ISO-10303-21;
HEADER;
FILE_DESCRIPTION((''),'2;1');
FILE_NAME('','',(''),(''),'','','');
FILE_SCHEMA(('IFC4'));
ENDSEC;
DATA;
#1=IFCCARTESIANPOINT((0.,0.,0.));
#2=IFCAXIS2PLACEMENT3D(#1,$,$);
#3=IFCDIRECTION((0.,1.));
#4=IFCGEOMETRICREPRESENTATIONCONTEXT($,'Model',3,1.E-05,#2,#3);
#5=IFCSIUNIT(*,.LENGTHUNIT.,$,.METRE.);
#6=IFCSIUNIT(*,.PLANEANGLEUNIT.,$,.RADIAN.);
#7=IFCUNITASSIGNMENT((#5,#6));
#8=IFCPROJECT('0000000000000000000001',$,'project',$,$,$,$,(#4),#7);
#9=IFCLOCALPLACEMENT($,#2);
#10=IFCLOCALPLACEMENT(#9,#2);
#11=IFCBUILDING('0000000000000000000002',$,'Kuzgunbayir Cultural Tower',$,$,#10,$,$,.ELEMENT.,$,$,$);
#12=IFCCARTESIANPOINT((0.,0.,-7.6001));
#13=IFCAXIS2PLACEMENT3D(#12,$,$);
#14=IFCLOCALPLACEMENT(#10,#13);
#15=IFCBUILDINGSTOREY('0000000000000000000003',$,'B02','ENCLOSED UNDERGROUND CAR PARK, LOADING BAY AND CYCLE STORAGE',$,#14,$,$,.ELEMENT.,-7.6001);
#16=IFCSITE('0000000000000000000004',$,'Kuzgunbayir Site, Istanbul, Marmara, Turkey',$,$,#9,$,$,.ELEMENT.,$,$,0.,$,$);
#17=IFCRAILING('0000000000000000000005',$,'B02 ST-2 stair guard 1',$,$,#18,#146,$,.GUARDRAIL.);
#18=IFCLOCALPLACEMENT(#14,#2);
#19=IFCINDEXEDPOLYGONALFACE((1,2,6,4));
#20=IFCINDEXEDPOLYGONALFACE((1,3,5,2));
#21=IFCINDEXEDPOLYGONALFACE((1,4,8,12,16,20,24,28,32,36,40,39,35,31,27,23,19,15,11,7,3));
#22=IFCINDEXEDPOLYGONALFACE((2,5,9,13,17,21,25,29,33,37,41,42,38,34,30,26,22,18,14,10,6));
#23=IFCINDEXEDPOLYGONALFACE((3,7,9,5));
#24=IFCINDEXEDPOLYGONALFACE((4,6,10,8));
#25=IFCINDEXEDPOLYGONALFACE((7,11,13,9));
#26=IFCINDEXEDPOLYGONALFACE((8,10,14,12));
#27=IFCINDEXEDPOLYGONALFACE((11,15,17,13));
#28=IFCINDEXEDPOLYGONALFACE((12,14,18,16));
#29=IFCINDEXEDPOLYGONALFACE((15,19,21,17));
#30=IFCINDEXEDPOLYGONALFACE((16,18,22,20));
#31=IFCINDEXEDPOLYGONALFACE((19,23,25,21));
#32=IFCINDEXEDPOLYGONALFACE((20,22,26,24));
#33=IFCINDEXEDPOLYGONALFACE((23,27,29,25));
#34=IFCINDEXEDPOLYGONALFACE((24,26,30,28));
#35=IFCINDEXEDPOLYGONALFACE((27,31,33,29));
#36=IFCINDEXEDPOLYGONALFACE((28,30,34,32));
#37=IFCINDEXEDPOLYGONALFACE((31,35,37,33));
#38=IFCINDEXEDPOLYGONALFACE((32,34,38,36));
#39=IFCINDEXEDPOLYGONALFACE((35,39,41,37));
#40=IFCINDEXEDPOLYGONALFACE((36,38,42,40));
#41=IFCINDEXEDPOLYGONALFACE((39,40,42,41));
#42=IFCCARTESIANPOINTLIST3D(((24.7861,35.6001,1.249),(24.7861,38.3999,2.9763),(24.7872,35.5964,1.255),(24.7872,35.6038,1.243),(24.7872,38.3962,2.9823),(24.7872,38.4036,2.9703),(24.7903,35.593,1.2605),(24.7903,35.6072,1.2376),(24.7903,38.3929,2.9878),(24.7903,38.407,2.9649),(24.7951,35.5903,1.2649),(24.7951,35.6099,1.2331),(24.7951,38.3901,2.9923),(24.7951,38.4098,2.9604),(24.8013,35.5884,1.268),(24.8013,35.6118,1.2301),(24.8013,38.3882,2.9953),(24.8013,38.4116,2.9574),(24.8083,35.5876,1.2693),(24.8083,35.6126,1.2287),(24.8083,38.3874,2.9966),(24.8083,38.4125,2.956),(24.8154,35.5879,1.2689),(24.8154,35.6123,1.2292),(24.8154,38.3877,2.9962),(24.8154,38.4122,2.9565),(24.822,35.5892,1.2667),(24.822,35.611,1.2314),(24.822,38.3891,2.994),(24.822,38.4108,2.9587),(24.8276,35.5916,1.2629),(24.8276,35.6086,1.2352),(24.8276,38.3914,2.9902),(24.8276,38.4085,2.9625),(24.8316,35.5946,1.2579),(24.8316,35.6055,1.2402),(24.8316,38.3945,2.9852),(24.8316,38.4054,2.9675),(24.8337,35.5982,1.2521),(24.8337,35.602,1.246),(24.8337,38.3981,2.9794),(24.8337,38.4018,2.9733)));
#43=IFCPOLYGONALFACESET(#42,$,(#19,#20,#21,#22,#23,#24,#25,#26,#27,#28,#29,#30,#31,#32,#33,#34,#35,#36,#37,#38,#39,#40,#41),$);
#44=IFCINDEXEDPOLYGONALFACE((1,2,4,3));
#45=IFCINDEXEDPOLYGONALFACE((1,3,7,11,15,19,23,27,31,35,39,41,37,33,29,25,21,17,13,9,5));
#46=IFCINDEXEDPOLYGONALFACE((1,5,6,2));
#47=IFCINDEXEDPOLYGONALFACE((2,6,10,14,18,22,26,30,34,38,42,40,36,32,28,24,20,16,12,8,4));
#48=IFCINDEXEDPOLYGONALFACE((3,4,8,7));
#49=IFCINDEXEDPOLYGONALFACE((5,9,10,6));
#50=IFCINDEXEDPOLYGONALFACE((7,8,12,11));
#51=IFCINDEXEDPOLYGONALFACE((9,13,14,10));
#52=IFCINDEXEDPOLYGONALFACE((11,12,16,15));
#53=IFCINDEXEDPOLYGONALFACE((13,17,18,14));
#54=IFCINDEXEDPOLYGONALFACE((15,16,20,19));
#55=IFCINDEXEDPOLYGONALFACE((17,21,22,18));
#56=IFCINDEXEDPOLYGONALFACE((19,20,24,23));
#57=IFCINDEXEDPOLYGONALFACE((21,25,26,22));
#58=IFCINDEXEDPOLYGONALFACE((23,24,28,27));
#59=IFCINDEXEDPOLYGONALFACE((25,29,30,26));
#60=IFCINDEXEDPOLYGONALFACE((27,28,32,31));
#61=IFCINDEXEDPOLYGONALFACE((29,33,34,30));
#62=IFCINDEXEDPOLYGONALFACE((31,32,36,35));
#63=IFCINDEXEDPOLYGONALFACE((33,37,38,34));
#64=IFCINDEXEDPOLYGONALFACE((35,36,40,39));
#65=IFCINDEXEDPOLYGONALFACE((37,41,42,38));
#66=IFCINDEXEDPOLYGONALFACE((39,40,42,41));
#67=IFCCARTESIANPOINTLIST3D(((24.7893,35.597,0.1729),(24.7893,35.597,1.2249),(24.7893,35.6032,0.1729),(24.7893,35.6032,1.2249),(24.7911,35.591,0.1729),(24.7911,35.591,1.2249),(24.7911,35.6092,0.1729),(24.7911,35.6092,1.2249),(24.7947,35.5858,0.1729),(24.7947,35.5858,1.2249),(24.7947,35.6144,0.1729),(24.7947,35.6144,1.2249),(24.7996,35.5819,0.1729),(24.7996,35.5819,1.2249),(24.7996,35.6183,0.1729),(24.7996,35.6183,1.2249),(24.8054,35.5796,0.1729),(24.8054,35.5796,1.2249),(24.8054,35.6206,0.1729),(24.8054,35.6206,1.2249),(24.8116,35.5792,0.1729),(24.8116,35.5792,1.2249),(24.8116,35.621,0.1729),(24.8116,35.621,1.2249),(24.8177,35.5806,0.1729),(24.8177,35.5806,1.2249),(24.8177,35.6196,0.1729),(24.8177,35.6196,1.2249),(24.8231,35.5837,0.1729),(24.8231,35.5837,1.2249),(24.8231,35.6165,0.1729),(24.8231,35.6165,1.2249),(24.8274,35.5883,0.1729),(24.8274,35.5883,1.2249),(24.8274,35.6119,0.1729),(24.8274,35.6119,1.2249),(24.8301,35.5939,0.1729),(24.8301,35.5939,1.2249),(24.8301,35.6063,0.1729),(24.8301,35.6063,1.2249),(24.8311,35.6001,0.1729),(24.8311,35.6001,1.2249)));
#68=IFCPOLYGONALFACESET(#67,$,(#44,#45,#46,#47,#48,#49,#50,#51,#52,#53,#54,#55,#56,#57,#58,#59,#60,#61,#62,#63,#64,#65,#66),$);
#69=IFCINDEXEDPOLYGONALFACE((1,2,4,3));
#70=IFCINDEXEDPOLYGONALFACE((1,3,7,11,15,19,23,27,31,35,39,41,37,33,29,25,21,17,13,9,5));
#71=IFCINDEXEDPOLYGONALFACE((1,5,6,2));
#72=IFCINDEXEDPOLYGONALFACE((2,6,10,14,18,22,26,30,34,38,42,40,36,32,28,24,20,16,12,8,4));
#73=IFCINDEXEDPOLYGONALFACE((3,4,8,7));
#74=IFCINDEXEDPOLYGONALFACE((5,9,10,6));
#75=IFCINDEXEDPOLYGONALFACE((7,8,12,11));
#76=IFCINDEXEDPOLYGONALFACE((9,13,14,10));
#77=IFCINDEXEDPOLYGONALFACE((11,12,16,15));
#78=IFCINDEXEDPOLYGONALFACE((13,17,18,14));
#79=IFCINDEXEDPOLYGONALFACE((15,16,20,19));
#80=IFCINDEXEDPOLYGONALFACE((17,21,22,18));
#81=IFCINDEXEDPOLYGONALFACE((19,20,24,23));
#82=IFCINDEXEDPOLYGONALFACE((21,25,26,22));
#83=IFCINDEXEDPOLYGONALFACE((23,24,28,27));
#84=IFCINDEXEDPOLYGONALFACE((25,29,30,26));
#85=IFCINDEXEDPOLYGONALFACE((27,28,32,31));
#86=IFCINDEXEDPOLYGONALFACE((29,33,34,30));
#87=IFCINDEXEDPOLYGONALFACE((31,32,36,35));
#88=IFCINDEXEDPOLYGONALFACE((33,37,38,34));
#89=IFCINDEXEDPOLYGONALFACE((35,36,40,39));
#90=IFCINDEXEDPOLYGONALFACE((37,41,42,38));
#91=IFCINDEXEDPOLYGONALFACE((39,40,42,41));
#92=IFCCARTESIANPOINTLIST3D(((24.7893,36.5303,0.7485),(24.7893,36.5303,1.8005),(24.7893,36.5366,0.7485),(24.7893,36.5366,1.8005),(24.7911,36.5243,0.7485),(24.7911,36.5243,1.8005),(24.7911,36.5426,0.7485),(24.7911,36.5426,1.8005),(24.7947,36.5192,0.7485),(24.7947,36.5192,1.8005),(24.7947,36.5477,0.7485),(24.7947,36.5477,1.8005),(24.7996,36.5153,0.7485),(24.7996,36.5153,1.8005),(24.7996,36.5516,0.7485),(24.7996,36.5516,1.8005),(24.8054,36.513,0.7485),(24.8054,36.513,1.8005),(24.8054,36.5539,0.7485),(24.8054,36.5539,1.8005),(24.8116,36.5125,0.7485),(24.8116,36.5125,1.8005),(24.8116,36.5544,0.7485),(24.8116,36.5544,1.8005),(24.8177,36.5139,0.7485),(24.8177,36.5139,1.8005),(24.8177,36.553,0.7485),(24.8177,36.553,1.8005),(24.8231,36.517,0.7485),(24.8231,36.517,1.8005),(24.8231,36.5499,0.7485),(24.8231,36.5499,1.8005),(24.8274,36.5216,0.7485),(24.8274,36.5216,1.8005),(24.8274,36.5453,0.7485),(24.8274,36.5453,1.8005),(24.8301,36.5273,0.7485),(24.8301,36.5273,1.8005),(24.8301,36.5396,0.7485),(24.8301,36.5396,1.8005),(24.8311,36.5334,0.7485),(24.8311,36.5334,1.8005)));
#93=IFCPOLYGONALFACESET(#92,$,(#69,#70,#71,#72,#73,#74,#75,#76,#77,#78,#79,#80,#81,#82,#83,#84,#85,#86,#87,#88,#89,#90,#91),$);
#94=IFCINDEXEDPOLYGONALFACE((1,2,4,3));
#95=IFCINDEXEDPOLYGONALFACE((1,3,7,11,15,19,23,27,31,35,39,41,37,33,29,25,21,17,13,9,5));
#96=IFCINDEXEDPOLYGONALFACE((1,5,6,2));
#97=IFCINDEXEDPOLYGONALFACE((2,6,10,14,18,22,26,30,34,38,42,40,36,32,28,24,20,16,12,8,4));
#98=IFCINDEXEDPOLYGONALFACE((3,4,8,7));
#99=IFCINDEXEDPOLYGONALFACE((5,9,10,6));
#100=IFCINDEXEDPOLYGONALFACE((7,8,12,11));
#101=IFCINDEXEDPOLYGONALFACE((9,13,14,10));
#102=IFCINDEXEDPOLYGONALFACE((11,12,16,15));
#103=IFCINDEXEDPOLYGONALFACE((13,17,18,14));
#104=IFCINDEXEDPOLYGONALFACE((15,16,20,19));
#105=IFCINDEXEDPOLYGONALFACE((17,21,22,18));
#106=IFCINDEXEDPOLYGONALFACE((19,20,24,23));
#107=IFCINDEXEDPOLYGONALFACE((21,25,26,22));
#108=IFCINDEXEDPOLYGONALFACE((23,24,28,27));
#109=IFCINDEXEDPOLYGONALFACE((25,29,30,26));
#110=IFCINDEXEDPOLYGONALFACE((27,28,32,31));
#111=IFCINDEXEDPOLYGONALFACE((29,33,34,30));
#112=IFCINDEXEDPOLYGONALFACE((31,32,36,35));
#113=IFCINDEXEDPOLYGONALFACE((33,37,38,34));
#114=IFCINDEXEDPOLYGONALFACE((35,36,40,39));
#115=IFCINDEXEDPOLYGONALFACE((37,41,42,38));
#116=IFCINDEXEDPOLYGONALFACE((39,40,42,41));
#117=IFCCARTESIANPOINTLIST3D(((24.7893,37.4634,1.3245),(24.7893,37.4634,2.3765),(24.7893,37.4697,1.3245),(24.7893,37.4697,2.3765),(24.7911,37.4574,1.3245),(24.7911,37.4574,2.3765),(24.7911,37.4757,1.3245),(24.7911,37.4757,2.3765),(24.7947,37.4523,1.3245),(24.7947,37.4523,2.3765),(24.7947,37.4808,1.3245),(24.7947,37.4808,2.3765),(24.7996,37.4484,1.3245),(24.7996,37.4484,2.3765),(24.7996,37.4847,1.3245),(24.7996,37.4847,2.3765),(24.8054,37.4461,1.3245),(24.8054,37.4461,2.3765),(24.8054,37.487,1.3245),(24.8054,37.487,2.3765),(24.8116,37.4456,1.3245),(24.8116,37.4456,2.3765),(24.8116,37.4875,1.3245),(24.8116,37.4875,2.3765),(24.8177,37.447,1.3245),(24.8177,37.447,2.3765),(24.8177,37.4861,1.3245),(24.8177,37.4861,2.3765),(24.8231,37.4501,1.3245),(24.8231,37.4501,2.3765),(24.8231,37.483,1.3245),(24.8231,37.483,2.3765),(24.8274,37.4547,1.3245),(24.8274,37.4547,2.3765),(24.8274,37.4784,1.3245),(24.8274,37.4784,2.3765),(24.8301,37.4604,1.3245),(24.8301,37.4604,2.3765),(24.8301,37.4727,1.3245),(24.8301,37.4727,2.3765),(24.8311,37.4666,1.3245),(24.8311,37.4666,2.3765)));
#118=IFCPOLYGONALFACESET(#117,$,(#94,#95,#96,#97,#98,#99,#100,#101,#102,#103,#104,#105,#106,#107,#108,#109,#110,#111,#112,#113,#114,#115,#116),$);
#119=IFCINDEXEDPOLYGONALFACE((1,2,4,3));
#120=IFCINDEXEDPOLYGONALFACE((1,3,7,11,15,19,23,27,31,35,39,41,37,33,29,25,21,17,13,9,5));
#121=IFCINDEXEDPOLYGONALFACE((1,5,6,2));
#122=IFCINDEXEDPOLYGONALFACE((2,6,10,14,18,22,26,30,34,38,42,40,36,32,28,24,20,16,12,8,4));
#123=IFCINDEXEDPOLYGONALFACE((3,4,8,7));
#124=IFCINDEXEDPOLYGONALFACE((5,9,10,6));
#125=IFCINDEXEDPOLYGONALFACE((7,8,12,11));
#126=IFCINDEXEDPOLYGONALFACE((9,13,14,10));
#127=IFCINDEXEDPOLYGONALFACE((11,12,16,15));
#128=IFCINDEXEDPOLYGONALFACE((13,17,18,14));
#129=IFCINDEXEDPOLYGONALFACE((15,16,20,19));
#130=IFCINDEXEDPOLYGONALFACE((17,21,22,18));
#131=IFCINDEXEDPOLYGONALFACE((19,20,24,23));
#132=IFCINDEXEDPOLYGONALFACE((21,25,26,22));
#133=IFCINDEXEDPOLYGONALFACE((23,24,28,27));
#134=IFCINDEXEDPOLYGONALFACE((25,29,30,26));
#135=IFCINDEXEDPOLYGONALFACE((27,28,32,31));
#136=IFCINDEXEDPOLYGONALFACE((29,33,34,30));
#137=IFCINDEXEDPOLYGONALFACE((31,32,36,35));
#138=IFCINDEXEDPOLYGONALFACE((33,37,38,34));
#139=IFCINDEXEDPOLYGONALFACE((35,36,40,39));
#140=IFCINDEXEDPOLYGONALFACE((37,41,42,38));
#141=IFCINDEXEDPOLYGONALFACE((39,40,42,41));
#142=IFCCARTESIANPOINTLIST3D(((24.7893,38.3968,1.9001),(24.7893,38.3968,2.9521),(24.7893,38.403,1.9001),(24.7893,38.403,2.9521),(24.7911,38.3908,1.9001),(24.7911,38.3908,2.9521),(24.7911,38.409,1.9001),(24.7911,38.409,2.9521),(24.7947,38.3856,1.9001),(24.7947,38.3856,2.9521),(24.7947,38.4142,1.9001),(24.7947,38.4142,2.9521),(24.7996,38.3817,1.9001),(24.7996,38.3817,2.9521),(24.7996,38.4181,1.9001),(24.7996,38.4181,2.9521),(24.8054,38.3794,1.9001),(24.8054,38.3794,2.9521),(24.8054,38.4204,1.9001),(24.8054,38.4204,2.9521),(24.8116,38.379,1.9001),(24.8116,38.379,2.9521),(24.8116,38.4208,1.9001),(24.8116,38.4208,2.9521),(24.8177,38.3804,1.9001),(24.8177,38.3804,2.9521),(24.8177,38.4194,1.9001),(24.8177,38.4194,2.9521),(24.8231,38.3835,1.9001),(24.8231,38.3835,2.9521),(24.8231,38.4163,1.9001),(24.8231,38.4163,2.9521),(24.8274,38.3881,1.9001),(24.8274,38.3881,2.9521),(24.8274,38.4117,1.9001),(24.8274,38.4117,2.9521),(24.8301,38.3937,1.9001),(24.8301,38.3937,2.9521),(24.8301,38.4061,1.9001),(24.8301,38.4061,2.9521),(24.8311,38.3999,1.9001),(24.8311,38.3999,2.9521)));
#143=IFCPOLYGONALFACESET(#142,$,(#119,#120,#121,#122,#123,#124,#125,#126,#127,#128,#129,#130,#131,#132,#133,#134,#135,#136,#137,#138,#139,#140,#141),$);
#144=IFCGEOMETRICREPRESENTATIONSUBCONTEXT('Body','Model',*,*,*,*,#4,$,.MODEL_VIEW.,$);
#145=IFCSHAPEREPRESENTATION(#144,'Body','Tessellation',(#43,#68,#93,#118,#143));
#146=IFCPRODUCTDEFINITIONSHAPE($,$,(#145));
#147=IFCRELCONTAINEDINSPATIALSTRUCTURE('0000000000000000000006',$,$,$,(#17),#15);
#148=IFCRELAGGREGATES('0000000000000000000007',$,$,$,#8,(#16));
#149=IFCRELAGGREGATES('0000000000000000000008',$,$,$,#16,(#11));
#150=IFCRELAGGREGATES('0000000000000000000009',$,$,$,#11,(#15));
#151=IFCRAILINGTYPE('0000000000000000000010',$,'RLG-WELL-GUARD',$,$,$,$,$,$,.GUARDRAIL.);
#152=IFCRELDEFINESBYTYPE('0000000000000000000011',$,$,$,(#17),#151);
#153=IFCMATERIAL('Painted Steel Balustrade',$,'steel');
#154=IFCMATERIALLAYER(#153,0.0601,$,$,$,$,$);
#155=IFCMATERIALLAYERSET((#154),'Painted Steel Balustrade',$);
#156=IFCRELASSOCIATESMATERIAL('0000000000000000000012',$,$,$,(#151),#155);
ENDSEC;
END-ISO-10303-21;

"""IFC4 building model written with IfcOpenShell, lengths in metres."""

from ifc_helpers import new_model, si_unit, direction, frame, origin, origin_2d, place, context, subcontext, project, spatial, circle, extrude, material, layer, layer_set, type_object, element, save


model = new_model("IFC4")

# Units and contexts
model_context = context("Model", 3, precision=1e-05, world=origin(), true_north=direction((0.0, 1.0)))
body_context = subcontext(model_context, "Body", "Model", "MODEL_VIEW")
ifc_project = project(units=[si_unit("LENGTHUNIT", "METRE"), si_unit("PLANEANGLEUNIT", "RADIAN")], contexts=[model_context])

# Site, building, storey
site_placement = place(None, origin())
site = spatial("IfcSite", under=ifc_project, at=site_placement, Name="Kuzgunbayir Site, Istanbul, Marmara, Turkey", CompositionType="ELEMENT", RefElevation=0.0)
building_placement = place(site_placement, origin())
building = spatial("IfcBuilding", under=site, at=building_placement, Name="Kuzgunbayir Cultural Tower", CompositionType="ELEMENT")
storey_placement = place(building_placement, frame((0.0, 0.0, -7.6001)))
storey = spatial("IfcBuildingStorey", under=building, at=storey_placement, Name="B02", Description="ENCLOSED UNDERGROUND CAR PARK, LOADING BAY AND CYCLE STORAGE", CompositionType="ELEMENT", Elevation=-7.6001)

# Railing
ifc_material_1 = material(Name="Painted Steel Balustrade", Category="steel")
ifc_layer_1 = layer(ifc_material_1, 0.0601)
ifc_layer_set_1 = layer_set([ifc_layer_1], Name="Painted Steel Balustrade")
railing_type_1 = type_object("IfcRailingType", Name="RLG-WELL-GUARD", PredefinedType="GUARDRAIL", material=ifc_layer_set_1)
railing_1_placement = place(storey_placement, frame((24.8101, 35.6001, 0.1729)))
element("IfcRailing", 1, at=railing_1_placement, inside=storey, type_object=railing_type_1, Name="B02 ST-2 stair guard 1", PredefinedType="GUARDRAIL", context=body_context, shape_type="SweptSolid", body=[
    extrude(circle(Radius=0.0239, at=origin_2d()), frame((0.0, 0.0, 1.0762), z_axis=(0.0, 0.851069, 0.525054), x_axis=(-1.0, 0.0, 0.0)), (0.0, 0.0, 1.0), 3.2898),
    extrude(circle(Radius=0.021, at=origin_2d()), origin(), (0.0, 0.0, 1.0), 1.052),
    extrude(circle(Radius=0.021, at=origin_2d()), frame((0.0, 0.9333, 0.5757)), (0.0, 0.0, 1.0), 1.052),
    extrude(circle(Radius=0.021, at=origin_2d()), frame((0.0, 1.8665, 1.1516)), (0.0, 0.0, 1.0), 1.052),
    extrude(circle(Radius=0.021, at=origin_2d()), frame((0.0, 2.7998, 1.7273)), (0.0, 0.0, 1.0), 1.052),
])

save(model, "model.ifc")
